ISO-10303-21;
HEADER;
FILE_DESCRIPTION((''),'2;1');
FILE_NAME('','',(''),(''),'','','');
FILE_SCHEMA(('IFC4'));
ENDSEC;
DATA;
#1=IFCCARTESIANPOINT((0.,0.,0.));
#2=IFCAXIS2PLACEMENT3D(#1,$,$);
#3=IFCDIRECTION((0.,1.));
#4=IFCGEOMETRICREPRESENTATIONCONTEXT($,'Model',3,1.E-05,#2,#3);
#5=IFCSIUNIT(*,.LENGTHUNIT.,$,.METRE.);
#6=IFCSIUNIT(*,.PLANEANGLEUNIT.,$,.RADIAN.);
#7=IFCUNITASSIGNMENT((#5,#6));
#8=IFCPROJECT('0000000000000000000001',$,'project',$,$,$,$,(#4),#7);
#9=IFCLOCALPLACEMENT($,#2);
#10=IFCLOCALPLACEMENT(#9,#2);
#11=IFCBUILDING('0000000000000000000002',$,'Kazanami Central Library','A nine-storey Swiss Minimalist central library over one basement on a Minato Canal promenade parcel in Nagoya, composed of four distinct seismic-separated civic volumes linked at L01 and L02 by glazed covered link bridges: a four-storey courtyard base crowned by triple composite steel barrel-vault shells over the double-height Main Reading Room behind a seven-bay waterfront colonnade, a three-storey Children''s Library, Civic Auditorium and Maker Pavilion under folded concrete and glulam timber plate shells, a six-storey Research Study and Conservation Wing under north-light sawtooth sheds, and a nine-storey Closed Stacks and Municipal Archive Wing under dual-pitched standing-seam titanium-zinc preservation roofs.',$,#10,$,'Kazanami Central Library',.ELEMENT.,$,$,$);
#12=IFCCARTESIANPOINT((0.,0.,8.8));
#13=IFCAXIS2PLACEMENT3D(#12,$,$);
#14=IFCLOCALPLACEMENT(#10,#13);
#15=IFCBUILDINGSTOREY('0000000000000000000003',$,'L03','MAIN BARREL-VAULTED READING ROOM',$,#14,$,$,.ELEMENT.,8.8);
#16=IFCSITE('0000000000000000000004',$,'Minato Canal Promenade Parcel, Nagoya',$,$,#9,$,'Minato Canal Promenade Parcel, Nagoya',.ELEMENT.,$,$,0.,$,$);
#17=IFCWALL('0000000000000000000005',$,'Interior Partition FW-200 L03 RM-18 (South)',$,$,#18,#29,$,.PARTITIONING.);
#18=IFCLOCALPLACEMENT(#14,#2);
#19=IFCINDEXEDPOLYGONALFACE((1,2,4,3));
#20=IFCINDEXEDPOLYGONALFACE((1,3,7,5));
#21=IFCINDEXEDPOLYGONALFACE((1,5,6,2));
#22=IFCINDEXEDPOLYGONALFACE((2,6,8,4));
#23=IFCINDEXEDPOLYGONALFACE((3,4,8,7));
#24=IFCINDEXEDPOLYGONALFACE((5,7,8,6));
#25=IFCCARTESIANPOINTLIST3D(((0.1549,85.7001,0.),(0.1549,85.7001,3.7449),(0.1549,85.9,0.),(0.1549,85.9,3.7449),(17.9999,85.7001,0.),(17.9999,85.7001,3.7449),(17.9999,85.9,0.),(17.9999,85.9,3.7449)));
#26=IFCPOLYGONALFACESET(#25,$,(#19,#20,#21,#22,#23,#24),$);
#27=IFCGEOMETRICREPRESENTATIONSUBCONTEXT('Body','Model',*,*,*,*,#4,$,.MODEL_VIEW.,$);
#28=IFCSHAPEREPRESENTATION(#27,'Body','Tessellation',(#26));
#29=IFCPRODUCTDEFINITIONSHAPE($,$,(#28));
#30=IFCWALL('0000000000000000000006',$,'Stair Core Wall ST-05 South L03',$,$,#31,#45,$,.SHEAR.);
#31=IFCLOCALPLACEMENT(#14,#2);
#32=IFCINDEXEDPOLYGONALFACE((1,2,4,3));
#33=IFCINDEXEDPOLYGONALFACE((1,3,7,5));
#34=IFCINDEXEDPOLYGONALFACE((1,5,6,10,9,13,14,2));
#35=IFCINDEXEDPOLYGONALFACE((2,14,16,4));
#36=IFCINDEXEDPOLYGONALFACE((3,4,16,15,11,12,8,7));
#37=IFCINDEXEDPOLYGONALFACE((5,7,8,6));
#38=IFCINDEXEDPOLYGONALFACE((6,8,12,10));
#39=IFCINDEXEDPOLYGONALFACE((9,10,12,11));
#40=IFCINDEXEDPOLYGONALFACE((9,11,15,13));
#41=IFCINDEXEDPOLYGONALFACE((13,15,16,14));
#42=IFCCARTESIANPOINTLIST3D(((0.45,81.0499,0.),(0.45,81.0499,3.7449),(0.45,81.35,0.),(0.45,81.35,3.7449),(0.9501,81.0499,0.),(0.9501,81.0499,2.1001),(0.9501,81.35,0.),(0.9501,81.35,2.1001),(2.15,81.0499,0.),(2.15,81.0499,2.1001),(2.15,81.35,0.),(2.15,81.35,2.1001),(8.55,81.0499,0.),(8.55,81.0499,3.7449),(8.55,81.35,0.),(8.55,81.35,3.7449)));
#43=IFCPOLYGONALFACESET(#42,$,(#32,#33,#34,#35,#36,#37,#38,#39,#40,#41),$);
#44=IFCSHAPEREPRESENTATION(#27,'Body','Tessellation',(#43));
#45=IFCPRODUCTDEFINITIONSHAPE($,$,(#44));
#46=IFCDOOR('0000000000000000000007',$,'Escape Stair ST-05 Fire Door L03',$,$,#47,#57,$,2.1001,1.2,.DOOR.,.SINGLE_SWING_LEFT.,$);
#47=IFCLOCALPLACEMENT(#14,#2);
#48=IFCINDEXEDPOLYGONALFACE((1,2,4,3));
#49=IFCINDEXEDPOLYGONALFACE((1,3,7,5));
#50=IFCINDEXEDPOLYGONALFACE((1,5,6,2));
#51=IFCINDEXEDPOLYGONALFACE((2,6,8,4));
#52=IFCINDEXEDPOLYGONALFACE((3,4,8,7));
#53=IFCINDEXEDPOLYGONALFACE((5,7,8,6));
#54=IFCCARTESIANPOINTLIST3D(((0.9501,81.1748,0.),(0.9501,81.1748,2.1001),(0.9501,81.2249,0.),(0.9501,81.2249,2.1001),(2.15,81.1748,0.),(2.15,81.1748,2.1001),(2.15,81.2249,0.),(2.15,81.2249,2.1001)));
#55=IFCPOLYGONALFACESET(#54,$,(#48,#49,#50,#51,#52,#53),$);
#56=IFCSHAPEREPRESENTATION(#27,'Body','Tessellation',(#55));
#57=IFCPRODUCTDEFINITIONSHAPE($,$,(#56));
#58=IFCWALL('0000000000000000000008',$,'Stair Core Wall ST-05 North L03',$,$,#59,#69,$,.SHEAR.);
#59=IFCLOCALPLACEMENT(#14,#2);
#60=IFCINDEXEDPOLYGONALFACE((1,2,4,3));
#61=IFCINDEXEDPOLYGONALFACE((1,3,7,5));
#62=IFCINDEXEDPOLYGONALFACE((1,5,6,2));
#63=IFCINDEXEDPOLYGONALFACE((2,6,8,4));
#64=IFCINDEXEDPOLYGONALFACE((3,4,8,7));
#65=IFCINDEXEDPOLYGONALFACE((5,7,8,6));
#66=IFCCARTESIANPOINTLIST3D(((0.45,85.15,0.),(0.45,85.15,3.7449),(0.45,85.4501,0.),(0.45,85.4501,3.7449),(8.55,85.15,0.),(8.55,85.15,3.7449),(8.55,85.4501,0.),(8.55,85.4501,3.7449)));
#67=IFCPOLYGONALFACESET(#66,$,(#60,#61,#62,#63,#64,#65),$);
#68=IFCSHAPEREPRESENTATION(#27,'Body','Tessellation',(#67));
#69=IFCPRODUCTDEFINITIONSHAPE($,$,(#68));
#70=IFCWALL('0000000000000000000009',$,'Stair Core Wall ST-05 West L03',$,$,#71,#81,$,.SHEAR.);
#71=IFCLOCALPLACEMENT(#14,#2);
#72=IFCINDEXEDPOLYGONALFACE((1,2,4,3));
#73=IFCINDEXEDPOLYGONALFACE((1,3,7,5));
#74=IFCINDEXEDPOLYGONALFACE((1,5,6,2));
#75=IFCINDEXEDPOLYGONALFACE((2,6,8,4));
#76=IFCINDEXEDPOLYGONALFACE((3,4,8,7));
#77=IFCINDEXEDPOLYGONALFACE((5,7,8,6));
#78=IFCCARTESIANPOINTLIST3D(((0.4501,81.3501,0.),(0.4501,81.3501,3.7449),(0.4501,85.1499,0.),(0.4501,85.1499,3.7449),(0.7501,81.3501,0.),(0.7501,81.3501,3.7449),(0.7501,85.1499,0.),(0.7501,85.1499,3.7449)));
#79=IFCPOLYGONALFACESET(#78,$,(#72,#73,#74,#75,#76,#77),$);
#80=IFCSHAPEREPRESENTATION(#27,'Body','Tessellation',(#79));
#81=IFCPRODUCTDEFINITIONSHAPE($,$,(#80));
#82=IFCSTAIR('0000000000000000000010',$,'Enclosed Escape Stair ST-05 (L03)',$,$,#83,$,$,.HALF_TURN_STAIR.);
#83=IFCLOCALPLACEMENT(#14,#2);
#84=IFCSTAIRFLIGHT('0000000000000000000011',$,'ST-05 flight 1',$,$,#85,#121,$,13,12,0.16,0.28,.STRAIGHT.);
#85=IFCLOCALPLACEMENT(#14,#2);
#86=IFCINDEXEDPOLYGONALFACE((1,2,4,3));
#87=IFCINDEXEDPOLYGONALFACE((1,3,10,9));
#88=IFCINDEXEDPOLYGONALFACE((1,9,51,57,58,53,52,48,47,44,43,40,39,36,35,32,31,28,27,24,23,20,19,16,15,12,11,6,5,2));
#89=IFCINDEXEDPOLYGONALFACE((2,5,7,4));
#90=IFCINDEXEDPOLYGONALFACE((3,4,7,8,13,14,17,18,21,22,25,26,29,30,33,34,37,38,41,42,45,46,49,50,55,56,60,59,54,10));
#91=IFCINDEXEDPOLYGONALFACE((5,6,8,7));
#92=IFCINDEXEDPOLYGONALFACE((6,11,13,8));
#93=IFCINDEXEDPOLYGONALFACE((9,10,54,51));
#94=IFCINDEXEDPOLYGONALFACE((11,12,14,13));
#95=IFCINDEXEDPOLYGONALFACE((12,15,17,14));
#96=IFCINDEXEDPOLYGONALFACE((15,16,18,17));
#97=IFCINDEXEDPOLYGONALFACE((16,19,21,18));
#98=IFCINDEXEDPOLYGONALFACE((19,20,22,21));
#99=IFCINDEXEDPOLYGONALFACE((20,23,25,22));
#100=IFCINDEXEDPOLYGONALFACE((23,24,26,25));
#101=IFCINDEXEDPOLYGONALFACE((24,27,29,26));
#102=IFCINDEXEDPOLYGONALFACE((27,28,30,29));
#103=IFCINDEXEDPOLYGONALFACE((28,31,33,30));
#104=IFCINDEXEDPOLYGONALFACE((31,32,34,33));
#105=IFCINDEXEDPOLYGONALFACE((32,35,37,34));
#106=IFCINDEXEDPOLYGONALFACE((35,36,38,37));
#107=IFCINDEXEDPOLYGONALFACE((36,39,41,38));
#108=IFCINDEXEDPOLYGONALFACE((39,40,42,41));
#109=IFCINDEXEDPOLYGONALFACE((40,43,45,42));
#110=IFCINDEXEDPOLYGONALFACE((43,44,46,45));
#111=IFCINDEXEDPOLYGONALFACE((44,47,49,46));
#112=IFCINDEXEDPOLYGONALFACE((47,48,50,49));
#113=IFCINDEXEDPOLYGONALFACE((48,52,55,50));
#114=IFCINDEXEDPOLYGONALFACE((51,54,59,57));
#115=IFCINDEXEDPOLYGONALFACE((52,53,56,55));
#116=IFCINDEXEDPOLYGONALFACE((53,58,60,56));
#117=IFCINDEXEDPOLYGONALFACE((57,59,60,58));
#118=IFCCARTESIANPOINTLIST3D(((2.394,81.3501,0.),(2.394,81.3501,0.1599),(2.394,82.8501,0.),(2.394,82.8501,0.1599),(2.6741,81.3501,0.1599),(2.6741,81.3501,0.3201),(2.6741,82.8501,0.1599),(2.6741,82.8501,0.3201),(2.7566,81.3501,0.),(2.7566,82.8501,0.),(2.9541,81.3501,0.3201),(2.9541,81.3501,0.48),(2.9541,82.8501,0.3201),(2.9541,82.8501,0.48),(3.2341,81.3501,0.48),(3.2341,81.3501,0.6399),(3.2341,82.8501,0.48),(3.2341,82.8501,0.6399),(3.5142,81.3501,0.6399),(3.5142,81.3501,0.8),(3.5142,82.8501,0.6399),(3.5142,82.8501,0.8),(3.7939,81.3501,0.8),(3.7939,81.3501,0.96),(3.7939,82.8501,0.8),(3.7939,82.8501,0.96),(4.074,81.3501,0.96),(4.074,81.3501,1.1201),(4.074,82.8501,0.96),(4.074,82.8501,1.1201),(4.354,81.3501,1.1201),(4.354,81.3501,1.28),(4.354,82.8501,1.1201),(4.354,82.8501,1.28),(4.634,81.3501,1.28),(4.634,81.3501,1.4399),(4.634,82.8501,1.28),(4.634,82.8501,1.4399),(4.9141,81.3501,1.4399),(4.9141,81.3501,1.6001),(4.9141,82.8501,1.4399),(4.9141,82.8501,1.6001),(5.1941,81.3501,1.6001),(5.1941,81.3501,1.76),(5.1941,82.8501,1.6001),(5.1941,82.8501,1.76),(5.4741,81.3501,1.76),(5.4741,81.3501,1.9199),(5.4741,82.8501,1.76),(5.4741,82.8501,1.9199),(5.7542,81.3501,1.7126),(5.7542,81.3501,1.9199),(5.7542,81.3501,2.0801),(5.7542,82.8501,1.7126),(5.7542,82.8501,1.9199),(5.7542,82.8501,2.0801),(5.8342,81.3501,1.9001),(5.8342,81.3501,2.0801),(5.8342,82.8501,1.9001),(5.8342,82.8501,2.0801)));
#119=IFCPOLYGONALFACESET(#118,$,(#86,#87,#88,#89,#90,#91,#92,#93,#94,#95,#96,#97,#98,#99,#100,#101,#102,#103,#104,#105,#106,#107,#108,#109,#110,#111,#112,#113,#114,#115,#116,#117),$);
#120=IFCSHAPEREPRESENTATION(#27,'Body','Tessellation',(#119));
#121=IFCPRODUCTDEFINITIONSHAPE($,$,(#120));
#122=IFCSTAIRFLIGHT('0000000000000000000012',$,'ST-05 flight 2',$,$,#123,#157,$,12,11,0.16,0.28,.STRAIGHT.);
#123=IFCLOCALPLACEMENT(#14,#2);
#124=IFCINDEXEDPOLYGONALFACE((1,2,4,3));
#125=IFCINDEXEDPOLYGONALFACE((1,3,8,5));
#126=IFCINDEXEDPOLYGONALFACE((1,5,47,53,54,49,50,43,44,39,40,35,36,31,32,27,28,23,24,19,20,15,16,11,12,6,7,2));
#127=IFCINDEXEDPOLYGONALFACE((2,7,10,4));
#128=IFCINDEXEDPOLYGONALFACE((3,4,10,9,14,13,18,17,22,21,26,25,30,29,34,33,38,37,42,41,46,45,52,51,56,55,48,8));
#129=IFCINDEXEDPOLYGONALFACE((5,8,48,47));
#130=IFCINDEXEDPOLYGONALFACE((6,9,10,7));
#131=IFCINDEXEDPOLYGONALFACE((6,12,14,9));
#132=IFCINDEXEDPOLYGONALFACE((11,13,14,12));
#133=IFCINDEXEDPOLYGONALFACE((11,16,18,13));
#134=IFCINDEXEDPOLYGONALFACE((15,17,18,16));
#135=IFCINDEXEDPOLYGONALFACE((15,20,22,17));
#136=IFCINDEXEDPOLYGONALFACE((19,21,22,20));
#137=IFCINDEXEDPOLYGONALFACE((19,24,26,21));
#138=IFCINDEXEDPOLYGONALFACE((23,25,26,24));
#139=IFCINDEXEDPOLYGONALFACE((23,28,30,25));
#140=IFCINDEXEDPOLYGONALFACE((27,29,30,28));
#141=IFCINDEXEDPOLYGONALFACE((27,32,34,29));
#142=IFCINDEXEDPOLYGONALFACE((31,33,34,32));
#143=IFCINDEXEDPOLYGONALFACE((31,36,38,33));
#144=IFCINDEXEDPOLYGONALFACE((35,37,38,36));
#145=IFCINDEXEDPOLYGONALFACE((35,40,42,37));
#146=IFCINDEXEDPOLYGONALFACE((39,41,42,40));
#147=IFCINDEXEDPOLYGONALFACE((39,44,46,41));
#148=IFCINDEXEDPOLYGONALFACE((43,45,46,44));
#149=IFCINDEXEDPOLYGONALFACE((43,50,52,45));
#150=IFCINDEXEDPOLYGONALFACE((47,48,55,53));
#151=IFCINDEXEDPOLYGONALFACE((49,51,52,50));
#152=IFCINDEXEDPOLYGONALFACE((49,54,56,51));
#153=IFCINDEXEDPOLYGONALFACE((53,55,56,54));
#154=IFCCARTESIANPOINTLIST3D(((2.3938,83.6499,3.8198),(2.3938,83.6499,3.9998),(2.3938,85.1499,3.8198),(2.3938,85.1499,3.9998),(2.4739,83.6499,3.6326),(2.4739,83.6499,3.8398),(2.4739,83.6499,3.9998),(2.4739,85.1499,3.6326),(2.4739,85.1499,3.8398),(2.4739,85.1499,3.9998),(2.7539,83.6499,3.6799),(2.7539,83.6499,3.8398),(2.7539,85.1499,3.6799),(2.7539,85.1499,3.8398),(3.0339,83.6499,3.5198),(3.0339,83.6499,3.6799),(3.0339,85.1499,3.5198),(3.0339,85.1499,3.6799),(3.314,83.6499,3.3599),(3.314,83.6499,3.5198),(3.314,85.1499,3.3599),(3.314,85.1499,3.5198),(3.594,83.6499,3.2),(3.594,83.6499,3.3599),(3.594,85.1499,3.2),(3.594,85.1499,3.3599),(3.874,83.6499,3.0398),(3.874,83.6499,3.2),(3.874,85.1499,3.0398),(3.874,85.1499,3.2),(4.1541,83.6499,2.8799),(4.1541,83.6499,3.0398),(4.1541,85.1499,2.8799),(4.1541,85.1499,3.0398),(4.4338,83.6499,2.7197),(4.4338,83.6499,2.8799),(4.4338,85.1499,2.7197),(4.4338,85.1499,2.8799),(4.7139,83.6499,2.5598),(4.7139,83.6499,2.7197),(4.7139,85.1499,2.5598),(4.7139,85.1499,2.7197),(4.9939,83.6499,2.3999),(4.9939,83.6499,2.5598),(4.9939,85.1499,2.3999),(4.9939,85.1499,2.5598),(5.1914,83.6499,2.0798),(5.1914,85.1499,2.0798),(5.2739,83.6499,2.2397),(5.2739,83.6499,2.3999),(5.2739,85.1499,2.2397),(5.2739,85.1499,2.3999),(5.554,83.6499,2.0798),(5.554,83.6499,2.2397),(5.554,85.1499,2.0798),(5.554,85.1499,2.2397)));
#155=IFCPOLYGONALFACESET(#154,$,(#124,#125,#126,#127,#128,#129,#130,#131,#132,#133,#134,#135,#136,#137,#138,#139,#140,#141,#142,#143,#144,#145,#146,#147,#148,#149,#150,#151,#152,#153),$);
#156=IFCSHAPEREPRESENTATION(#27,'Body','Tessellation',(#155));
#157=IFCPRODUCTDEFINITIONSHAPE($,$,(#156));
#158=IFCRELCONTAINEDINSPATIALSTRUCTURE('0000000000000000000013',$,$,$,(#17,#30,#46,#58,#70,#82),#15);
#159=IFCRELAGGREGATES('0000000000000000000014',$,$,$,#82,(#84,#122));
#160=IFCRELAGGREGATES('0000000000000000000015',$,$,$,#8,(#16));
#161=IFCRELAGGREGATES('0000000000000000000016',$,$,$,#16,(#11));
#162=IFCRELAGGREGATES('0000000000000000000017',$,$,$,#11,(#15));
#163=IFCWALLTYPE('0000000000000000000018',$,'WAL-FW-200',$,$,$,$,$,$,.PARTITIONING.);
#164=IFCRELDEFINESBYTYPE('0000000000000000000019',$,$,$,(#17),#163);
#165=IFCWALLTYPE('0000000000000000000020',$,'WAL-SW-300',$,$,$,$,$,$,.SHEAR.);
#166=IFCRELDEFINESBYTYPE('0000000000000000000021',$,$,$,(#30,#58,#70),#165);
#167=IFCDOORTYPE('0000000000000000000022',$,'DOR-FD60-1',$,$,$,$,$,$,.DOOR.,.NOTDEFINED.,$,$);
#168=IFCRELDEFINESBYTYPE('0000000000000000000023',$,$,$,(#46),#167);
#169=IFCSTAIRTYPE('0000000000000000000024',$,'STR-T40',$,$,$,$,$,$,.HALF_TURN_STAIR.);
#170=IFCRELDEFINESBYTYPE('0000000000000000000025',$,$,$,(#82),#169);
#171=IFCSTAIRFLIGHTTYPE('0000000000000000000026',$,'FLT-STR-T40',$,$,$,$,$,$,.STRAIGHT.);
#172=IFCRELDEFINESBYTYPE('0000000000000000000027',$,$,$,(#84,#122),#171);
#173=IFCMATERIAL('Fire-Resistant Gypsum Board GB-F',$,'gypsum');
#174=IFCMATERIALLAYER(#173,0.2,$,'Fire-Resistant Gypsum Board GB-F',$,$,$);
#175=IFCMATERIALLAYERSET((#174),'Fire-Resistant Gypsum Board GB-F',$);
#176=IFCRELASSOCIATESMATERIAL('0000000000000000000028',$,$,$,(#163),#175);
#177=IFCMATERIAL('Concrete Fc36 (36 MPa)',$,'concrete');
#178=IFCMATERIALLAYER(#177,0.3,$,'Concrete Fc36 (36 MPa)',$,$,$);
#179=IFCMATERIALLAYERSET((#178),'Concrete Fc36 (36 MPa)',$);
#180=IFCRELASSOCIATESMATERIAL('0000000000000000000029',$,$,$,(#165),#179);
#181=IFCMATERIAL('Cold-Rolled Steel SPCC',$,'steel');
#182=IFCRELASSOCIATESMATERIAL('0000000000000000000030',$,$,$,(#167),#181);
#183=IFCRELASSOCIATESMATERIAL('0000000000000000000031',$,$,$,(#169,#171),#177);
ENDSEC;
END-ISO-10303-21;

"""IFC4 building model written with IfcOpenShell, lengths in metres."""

from ifc_helpers import new_model, si_unit, direction, frame, frame_2d, origin, place, context, subcontext, project, spatial, polyline, rectangle, outline, extrude, material, layer, layer_set, type_object, element, fill, aggregate, save


model = new_model("IFC4")

# Units and contexts
model_context = context("Model", 3, precision=1e-05, world=origin(), true_north=direction((0.0, 1.0)))
body_context = subcontext(model_context, "Body", "Model", "MODEL_VIEW")
ifc_project = project(units=[si_unit("LENGTHUNIT", "METRE"), si_unit("PLANEANGLEUNIT", "RADIAN")], contexts=[model_context])

# Site, building, storey
site_placement = place(None, origin())
site = spatial("IfcSite", under=ifc_project, at=site_placement, Name="Minato Canal Promenade Parcel, Nagoya", LongName="Minato Canal Promenade Parcel, Nagoya", CompositionType="ELEMENT", RefElevation=0.0)
building_placement = place(site_placement, origin())
building = spatial("IfcBuilding", under=site, at=building_placement, Name="Kazanami Central Library", Description="A nine-storey Swiss Minimalist central library over one basement on a Minato Canal promenade parcel in Nagoya, composed of four distinct seismic-separated civic volumes linked at L01 and L02 by glazed covered link bridges: a four-storey courtyard base crowned by triple composite steel barrel-vault shells over the double-height Main Reading Room behind a seven-bay waterfront colonnade, a three-storey Children's Library, Civic Auditorium and Maker Pavilion under folded concrete and glulam timber plate shells, a six-storey Research Study and Conservation Wing under north-light sawtooth sheds, and a nine-storey Closed Stacks and Municipal Archive Wing under dual-pitched standing-seam titanium-zinc preservation roofs.", LongName="Kazanami Central Library", CompositionType="ELEMENT")
storey_placement = place(building_placement, frame((0.0, 0.0, 8.8)))
storey = spatial("IfcBuildingStorey", under=building, at=storey_placement, Name="L03", Description="MAIN BARREL-VAULTED READING ROOM", CompositionType="ELEMENT", Elevation=8.8)

# Shared definitions
ifc_material_1 = material(Name="Concrete Fc36 (36 MPa)", Category="concrete")

# Wall
ifc_material_2 = material(Name="Fire-Resistant Gypsum Board GB-F", Category="gypsum")
ifc_layer_1 = layer(ifc_material_2, 0.2, Name="Fire-Resistant Gypsum Board GB-F")
ifc_layer_set_1 = layer_set([ifc_layer_1], Name="Fire-Resistant Gypsum Board GB-F")
wall_type_1 = type_object("IfcWallType", Name="WAL-FW-200", PredefinedType="PARTITIONING", material=ifc_layer_set_1)
wall_1_placement = place(storey_placement, frame((0.155, 85.8, 0.0), z_axis=(0.0, 0.0, 1.0), x_axis=(1.0, 0.0, 0.0)))
element("IfcWall", 1, at=wall_1_placement, inside=storey, type_object=wall_type_1, Name="Interior Partition FW-200 L03 RM-18 (South)", PredefinedType="PARTITIONING", context=body_context, shape_type="SweptSolid", body=[
    extrude(rectangle(XDim=17.845, YDim=0.2, at=frame_2d((8.9224, 0.0))), origin(), (0.0, 0.0, 1.0), 3.7449),
])

# Wall, opening, door
ifc_layer_2 = layer(ifc_material_1, 0.3, Name="Concrete Fc36 (36 MPa)")
ifc_layer_set_2 = layer_set([ifc_layer_2], Name="Concrete Fc36 (36 MPa)")
wall_type_2 = type_object("IfcWallType", Name="WAL-SW-300", PredefinedType="SHEAR", material=ifc_layer_set_2)
wall_2_placement = place(storey_placement, frame((0.45, 81.2, 0.0), z_axis=(0.0, 0.0, 1.0), x_axis=(1.0, 0.0, 0.0)))
wall_2 = element("IfcWall", 2, at=wall_2_placement, inside=storey, type_object=wall_type_2, Name="Stair Core Wall ST-05 South L03", PredefinedType="SHEAR", context=body_context, shape_type="SweptSolid", body=[
    extrude(rectangle(XDim=8.1001, YDim=0.3, at=frame_2d((4.05, 0.0))), origin(), (0.0, 0.0, 1.0), 3.7449),
])
opening_1_placement = place(wall_2_placement, frame((0.5, 0.0, 0.0)))
opening_1 = element("IfcOpeningElement", 3, at=opening_1_placement, cuts=wall_2, PredefinedType="OPENING", context=body_context, shape_type="SweptSolid", body=[
    extrude(rectangle(XDim=1.2, YDim=2.1001, at=frame_2d((0.6001, 1.05))), frame((0.0, 0.1621, 0.0), z_axis=(0.0, -1.0, 0.0), x_axis=(1.0, 0.0, 0.0)), (0.0, 0.0, 1.0), 0.324),
])
ifc_material_3 = material(Name="Cold-Rolled Steel SPCC", Category="steel")
door_type = type_object("IfcDoorType", Name="DOR-FD60-1", OperationType="NOTDEFINED", PredefinedType="DOOR", material=ifc_material_3)
door_placement = place(opening_1_placement, origin())
door = element("IfcDoor", 4, at=door_placement, inside=storey, type_object=door_type, Name="Escape Stair ST-05 Fire Door L03", OperationType="SINGLE_SWING_LEFT", OverallHeight=2.1001, OverallWidth=1.2, PredefinedType="DOOR", context=body_context, shape_type="SweptSolid", body=[
    extrude(rectangle(XDim=1.2, YDim=2.1001, at=frame_2d((0.6001, 1.05))), frame((0.0, 0.0249, 0.0), z_axis=(0.0, -1.0, 0.0), x_axis=(1.0, 0.0, 0.0)), (0.0, 0.0, 1.0), 0.05),
])
fill(opening_1, door)

# Walls
wall_3_placement = place(storey_placement, frame((0.45, 85.3, 0.0), z_axis=(0.0, 0.0, 1.0), x_axis=(1.0, 0.0, 0.0)))
element("IfcWall", 5, at=wall_3_placement, inside=storey, type_object=wall_type_2, Name="Stair Core Wall ST-05 North L03", PredefinedType="SHEAR", context=body_context, shape_type="SweptSolid", body=[
    extrude(rectangle(XDim=8.1001, YDim=0.3, at=frame_2d((4.05, 0.0))), origin(), (0.0, 0.0, 1.0), 3.7449),
])
wall_4_placement = place(storey_placement, frame((0.6001, 81.3501, 0.0), z_axis=(0.0, 0.0, 1.0), x_axis=(0.0, 1.0, 0.0)))
element("IfcWall", 6, at=wall_4_placement, inside=storey, type_object=wall_type_2, Name="Stair Core Wall ST-05 West L03", PredefinedType="SHEAR", context=body_context, shape_type="SweptSolid", body=[
    extrude(rectangle(XDim=3.7998, YDim=0.3, at=frame_2d((1.8999, 0.0))), origin(), (0.0, 0.0, 1.0), 3.7449),
])

# Stair, stair flights
stair_type = type_object("IfcStairType", Name="STR-T40", PredefinedType="HALF_TURN_STAIR", material=ifc_material_1)
stair_placement = place(storey_placement, origin())
stair = element("IfcStair", 7, at=stair_placement, inside=storey, type_object=stair_type, Name="Enclosed Escape Stair ST-05 (L03)", PredefinedType="HALF_TURN_STAIR")
stair_flight_type = type_object("IfcStairFlightType", Name="FLT-STR-T40", PredefinedType="STRAIGHT", material=ifc_material_1)
stair_flight_1_placement = place(storey_placement, frame((2.394, 82.1001, 0.0), z_axis=(0.0, 0.0, 1.0), x_axis=(1.0, 0.0, 0.0)))
stair_flight_1 = element("IfcStairFlight", 8, at=stair_flight_1_placement, type_object=stair_flight_type, Name="ST-05 flight 1", NumberOfRisers=13, NumberOfTreads=12, PredefinedType="STRAIGHT", RiserHeight=0.16, TreadLength=0.28, context=body_context, shape_type="SweptSolid", body=[
    extrude(outline(polyline([(0.0, 0.0), (0.0, 0.1599), (0.28, 0.1599), (0.28, 0.3201), (0.5601, 0.3201), (0.5601, 0.48), (0.8401, 0.48), (0.8401, 0.6399), (1.1201, 0.6399), (1.1201, 0.8), (1.3999, 0.8), (1.3999, 0.96), (1.6799, 0.96), (1.6799, 1.1201), (1.96, 1.1201), (1.96, 1.28), (2.24, 1.28), (2.24, 1.4399), (2.52, 1.4399), (2.52, 1.6001), (2.8, 1.6001), (2.8, 1.76), (3.0801, 1.76), (3.0801, 1.9199), (3.3601, 1.9199), (3.3601, 2.0801), (3.4402, 2.0801), (3.4402, 1.9001), (3.3601, 1.7126), (0.3625, 0.0), (0.0, 0.0)])), frame((0.0, 0.75, 0.0), z_axis=(0.0, -1.0, 0.0), x_axis=(1.0, 0.0, 0.0)), (0.0, 0.0, 1.0), 1.5),
])
stair_flight_2_placement = place(storey_placement, frame((5.554, 84.3999, 2.0798), z_axis=(0.0, 0.0, 1.0), x_axis=(-1.0, 0.0, 0.0)))
stair_flight_2 = element("IfcStairFlight", 9, at=stair_flight_2_placement, type_object=stair_flight_type, Name="ST-05 flight 2", NumberOfRisers=12, NumberOfTreads=11, PredefinedType="STRAIGHT", RiserHeight=0.16, TreadLength=0.28, context=body_context, shape_type="SweptSolid", body=[
    extrude(outline(polyline([(0.0, 0.0), (0.0, 0.1599), (0.28, 0.1599), (0.28, 0.3201), (0.5601, 0.3201), (0.5601, 0.48), (0.8401, 0.48), (0.8401, 0.6399), (1.1201, 0.6399), (1.1201, 0.8), (1.3999, 0.8), (1.3999, 0.96), (1.6799, 0.96), (1.6799, 1.1201), (1.96, 1.1201), (1.96, 1.28), (2.24, 1.28), (2.24, 1.4399), (2.52, 1.4399), (2.52, 1.6001), (2.8, 1.6001), (2.8, 1.76), (3.0801, 1.76), (3.0801, 1.9199), (3.1602, 1.9199), (3.1602, 1.74), (3.0801, 1.5527), (0.3625, 0.0), (0.0, 0.0)])), frame((0.0, 0.75, 0.0), z_axis=(0.0, -1.0, 0.0), x_axis=(1.0, 0.0, 0.0)), (0.0, 0.0, 1.0), 1.5),
])
aggregate(stair, [stair_flight_1, stair_flight_2])

save(model, "model.ifc")
